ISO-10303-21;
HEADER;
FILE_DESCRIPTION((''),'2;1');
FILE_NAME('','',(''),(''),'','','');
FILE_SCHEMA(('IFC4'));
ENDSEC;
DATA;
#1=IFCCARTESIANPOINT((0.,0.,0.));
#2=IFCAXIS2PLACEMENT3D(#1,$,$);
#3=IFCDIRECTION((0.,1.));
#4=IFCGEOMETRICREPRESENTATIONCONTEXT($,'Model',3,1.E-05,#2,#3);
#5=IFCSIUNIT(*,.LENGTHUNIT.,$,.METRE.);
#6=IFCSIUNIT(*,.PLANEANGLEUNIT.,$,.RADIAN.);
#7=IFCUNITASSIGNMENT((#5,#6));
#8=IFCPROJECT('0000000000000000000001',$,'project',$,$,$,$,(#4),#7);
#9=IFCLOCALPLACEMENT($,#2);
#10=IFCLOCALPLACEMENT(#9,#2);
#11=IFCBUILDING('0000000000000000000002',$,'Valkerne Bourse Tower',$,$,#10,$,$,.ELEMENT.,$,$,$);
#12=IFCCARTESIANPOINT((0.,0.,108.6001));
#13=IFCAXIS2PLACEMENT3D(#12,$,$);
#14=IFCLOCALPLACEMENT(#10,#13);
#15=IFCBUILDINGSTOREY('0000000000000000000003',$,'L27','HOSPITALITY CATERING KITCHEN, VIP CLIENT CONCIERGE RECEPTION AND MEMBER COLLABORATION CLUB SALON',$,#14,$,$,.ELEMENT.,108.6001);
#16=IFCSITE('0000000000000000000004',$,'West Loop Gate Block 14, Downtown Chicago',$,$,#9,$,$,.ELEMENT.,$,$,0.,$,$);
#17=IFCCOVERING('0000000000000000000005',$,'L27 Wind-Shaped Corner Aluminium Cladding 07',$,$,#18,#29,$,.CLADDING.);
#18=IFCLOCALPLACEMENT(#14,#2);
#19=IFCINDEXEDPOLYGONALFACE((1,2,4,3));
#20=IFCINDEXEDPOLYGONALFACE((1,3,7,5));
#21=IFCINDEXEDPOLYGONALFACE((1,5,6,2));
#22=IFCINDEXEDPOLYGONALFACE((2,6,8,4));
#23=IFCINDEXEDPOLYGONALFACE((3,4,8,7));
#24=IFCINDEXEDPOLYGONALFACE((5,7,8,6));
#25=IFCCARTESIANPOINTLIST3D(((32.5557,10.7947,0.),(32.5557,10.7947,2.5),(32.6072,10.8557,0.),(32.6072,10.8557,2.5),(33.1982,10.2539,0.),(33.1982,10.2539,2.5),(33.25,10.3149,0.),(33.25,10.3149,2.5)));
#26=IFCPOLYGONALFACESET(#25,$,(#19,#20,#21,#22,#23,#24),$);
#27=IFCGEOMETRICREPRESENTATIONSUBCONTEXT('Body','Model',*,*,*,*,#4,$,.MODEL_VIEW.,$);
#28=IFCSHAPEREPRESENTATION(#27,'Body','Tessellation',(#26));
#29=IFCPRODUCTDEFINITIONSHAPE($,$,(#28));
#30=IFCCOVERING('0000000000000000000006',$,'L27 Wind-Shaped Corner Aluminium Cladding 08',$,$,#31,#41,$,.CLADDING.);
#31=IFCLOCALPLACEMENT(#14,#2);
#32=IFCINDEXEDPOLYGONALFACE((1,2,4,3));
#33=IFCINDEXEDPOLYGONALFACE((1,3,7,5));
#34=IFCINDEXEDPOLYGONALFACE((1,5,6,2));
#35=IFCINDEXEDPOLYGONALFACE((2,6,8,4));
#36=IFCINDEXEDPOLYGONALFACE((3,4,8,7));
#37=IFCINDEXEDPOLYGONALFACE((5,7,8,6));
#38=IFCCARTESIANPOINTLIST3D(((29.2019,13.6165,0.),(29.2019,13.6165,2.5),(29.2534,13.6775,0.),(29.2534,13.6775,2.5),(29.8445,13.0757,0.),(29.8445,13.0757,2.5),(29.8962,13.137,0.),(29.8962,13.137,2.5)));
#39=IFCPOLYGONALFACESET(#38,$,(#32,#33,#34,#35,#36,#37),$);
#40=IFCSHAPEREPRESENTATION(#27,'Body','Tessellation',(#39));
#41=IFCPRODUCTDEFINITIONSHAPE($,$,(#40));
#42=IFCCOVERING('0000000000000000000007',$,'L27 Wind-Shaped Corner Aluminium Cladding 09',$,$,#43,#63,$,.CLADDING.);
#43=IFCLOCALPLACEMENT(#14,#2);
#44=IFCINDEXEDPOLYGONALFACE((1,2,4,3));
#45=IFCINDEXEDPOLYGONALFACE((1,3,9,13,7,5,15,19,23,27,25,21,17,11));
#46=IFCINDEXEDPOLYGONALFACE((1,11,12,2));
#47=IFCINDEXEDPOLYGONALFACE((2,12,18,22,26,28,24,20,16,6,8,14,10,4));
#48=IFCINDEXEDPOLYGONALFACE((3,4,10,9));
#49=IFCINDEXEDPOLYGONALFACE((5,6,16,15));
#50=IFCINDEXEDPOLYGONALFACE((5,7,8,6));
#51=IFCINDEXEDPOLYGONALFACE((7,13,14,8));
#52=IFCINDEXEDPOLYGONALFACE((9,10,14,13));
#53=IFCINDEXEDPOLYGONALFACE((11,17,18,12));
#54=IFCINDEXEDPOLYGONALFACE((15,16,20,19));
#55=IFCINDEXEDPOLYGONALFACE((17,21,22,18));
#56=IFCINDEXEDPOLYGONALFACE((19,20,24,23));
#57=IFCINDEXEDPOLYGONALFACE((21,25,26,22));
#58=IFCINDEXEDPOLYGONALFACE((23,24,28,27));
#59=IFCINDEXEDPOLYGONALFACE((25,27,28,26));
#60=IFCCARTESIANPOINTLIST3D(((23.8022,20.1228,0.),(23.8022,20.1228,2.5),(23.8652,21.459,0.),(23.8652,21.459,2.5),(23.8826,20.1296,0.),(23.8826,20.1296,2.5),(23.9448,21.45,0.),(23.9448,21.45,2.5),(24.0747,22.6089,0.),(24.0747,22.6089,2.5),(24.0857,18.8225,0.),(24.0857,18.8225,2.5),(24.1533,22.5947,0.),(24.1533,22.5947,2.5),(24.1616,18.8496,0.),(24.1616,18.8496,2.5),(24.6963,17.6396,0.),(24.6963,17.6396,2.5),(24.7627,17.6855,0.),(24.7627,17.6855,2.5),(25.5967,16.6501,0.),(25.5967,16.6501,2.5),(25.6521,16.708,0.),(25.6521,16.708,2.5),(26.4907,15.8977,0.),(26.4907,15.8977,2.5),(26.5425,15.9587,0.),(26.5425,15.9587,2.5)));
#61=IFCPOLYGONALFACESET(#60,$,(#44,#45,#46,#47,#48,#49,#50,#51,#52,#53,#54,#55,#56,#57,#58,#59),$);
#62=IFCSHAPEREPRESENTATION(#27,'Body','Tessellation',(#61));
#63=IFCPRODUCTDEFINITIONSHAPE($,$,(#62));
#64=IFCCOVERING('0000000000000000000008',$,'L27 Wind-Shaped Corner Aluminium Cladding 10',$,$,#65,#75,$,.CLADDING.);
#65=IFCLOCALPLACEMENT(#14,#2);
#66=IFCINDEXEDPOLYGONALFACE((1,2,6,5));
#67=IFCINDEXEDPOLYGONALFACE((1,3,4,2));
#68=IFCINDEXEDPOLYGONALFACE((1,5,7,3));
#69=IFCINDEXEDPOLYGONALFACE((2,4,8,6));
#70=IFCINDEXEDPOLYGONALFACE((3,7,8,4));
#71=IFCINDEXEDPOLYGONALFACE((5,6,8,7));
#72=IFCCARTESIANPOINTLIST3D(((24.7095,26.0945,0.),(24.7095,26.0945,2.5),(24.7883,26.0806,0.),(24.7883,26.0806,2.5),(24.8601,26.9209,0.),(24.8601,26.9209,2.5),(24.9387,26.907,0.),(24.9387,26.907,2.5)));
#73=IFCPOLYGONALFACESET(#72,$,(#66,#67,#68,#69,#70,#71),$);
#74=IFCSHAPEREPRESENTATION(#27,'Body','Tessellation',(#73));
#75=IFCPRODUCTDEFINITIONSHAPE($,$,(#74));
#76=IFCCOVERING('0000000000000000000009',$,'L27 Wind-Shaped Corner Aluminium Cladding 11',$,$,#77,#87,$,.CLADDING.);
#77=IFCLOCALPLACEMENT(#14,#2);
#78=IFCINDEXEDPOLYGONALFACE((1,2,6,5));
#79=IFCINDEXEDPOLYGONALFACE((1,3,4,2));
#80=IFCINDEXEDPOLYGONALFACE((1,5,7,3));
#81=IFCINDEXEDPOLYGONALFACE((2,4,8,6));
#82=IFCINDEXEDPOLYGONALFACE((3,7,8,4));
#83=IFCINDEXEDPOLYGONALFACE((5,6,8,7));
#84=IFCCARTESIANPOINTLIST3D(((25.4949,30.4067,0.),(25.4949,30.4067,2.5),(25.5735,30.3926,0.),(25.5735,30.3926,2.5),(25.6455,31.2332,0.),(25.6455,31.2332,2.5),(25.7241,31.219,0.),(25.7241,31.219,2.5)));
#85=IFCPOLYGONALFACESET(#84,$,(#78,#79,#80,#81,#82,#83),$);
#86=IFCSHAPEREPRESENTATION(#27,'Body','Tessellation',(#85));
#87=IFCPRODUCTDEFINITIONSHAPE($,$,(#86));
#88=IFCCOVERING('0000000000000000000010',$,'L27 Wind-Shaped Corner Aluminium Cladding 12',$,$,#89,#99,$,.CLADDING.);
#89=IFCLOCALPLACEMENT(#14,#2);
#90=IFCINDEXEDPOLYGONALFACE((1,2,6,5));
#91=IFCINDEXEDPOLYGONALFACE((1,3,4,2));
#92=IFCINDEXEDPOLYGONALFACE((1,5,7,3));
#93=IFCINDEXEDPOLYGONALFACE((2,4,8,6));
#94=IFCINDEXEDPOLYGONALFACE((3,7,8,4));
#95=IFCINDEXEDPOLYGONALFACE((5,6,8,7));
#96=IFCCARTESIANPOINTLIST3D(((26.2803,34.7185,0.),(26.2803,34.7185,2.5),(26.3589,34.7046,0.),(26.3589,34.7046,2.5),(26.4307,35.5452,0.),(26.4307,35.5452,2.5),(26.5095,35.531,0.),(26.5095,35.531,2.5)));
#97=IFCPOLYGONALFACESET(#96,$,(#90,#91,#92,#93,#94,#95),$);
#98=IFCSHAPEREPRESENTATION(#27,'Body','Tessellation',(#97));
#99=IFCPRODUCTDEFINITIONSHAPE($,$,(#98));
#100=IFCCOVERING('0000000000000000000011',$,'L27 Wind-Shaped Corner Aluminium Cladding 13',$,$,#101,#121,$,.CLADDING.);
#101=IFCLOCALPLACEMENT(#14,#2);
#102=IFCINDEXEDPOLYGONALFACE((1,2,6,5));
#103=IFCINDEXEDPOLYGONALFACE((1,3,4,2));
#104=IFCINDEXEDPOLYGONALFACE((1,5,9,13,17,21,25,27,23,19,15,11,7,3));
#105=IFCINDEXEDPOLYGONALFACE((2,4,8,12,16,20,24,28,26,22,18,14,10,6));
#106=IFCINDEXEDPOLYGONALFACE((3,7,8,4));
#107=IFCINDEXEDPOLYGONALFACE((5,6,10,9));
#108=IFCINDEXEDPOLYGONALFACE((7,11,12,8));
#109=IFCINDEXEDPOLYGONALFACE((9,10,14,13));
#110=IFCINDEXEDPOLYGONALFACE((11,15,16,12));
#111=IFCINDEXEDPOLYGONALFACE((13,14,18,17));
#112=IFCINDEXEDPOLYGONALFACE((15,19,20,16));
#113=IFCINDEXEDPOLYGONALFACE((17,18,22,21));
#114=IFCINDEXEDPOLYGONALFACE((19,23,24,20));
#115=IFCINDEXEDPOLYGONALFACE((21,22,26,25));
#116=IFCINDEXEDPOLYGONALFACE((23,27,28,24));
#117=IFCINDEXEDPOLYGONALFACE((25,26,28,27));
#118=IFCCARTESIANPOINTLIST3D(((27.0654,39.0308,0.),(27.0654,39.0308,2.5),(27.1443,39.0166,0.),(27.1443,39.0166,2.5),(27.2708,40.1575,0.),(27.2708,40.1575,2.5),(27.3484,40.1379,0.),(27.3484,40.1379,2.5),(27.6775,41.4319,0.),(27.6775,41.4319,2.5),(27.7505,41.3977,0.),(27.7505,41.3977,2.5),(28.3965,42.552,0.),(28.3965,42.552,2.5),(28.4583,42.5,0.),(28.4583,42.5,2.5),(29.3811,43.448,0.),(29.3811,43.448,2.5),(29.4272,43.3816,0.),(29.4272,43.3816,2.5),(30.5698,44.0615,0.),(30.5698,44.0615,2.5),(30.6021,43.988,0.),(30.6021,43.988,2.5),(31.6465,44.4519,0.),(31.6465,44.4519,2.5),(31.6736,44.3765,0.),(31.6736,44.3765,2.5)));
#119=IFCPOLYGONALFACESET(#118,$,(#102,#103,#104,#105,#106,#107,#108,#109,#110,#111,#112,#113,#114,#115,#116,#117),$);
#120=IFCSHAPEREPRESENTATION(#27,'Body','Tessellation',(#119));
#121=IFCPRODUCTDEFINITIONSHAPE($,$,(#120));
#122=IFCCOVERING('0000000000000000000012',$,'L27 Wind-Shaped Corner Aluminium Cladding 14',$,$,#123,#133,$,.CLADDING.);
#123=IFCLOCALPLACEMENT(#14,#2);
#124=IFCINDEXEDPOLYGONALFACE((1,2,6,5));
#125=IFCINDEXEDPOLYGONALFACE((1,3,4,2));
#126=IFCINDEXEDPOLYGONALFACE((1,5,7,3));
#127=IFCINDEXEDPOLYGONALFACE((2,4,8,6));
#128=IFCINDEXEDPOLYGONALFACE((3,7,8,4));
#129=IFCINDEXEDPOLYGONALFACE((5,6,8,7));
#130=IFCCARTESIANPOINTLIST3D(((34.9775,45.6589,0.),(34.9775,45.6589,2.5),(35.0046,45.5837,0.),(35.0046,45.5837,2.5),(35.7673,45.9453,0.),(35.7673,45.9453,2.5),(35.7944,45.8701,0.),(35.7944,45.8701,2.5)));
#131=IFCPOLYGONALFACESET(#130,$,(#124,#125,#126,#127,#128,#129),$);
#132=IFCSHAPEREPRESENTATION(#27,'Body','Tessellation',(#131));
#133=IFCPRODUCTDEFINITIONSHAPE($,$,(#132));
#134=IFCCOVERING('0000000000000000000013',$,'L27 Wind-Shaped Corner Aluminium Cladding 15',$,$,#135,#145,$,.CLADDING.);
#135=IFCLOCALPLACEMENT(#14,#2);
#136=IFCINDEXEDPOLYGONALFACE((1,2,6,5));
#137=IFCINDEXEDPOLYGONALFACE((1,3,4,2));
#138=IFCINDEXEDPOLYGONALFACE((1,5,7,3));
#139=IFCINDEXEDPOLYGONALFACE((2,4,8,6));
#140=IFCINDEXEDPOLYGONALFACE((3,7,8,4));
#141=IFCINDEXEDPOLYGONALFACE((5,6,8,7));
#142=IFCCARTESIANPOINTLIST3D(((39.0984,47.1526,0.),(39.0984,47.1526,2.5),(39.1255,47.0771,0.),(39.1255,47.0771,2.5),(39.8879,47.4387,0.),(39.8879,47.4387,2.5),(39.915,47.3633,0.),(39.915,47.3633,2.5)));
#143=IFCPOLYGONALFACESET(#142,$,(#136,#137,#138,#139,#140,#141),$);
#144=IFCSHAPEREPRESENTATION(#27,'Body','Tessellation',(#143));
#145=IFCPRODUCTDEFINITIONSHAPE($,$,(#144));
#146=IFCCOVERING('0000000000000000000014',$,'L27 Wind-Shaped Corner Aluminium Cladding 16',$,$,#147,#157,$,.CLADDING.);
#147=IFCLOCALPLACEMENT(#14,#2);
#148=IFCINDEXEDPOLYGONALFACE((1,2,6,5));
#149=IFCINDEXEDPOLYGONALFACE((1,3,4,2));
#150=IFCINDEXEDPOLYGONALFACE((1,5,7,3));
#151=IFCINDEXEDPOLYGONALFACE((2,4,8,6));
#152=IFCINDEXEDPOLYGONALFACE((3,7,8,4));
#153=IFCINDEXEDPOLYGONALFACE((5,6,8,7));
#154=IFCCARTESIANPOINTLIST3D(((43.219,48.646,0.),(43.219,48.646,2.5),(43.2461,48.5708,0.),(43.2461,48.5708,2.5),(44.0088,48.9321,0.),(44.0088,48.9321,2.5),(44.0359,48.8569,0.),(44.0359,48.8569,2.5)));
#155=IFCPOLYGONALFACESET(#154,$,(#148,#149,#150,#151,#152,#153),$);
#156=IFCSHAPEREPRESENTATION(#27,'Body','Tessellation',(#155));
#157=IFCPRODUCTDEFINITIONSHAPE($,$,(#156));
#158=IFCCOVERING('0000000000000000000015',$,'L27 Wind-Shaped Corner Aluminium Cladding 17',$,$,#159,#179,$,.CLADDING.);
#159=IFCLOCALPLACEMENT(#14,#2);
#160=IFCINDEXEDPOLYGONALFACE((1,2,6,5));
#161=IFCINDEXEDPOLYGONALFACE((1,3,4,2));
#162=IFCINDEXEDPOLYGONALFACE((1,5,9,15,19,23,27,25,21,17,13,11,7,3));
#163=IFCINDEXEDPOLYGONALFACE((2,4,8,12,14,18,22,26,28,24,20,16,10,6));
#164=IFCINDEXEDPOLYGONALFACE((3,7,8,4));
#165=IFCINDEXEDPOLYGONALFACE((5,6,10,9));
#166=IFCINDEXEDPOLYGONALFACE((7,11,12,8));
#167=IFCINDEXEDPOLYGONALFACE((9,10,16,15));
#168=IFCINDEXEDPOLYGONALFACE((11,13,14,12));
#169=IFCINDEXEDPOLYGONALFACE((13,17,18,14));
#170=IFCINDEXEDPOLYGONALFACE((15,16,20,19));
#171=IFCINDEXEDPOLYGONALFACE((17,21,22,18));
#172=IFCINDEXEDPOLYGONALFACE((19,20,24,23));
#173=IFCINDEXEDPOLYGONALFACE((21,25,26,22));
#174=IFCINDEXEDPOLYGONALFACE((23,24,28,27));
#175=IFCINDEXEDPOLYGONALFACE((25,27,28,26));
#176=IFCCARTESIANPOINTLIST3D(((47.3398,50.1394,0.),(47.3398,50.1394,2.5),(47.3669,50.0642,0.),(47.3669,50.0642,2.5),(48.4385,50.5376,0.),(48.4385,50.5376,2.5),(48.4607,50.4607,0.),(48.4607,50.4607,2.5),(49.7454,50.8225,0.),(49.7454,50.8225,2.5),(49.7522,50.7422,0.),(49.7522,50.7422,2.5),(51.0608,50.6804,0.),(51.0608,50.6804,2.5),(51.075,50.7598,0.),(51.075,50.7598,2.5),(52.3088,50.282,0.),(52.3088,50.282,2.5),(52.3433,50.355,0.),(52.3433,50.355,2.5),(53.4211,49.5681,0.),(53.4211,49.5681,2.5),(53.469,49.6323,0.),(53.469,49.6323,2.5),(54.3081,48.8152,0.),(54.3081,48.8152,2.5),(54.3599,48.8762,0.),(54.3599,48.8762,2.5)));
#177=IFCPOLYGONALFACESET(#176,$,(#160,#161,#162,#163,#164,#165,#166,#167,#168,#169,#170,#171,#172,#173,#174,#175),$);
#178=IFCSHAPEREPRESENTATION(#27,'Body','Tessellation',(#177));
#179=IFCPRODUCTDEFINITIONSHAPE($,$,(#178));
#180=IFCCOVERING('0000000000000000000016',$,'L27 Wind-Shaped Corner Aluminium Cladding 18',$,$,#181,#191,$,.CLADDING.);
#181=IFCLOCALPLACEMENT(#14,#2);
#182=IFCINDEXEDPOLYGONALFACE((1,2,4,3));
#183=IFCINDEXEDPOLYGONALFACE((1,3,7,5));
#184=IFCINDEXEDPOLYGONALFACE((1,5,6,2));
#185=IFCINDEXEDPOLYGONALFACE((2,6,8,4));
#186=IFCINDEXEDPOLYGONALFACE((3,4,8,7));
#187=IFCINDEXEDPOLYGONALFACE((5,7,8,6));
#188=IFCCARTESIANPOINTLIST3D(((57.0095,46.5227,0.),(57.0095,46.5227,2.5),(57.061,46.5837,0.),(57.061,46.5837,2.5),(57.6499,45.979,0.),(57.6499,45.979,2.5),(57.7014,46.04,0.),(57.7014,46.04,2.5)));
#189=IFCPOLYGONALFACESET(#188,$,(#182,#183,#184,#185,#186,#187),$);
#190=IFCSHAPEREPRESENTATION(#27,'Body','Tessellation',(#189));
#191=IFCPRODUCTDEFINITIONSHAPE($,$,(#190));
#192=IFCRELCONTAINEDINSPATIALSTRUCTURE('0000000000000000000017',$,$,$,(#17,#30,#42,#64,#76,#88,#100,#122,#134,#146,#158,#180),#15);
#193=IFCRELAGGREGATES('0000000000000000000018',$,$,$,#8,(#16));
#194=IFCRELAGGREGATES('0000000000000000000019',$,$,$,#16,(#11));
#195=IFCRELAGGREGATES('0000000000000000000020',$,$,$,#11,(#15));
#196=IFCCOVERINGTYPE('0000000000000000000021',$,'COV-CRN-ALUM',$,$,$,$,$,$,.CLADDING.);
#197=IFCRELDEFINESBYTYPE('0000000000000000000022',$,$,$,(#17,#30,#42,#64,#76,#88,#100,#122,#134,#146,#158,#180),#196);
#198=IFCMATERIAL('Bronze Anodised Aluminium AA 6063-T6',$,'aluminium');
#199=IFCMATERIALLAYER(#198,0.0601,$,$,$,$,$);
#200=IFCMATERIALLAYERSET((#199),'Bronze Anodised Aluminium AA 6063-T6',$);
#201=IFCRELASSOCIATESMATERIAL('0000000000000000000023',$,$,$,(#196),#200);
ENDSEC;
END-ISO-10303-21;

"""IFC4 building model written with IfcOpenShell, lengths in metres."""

from ifc_helpers import new_model, si_unit, direction, frame, origin, place, context, subcontext, project, spatial, polyline, outline, extrude, material, layer, layer_set, type_object, element, save


model = new_model("IFC4")

# Units and contexts
model_context = context("Model", 3, precision=1e-05, world=origin(), true_north=direction((0.0, 1.0)))
body_context = subcontext(model_context, "Body", "Model", "MODEL_VIEW")
ifc_project = project(units=[si_unit("LENGTHUNIT", "METRE"), si_unit("PLANEANGLEUNIT", "RADIAN")], contexts=[model_context])

# Site, building, storey
site_placement = place(None, origin())
site = spatial("IfcSite", under=ifc_project, at=site_placement, Name="West Loop Gate Block 14, Downtown Chicago", CompositionType="ELEMENT", RefElevation=0.0)
building_placement = place(site_placement, origin())
building = spatial("IfcBuilding", under=site, at=building_placement, Name="Valkerne Bourse Tower", CompositionType="ELEMENT")
storey_placement = place(building_placement, frame((0.0, 0.0, 108.6001)))
storey = spatial("IfcBuildingStorey", under=building, at=storey_placement, Name="L27", Description="HOSPITALITY CATERING KITCHEN, VIP CLIENT CONCIERGE RECEPTION AND MEMBER COLLABORATION CLUB SALON", CompositionType="ELEMENT", Elevation=108.6001)

# Coverings
ifc_material_1 = material(Name="Bronze Anodised Aluminium AA 6063-T6", Category="aluminium")
ifc_layer_1 = layer(ifc_material_1, 0.0601)
ifc_layer_set_1 = layer_set([ifc_layer_1], Name="Bronze Anodised Aluminium AA 6063-T6")
covering_type = type_object("IfcCoveringType", Name="COV-CRN-ALUM", PredefinedType="CLADDING", material=ifc_layer_set_1)
covering_1_placement = place(storey_placement, origin())
element("IfcCovering", 1, at=covering_1_placement, inside=storey, type_object=covering_type, Name="L27 Wind-Shaped Corner Aluminium Cladding 07", PredefinedType="CLADDING", context=body_context, shape_type="SweptSolid", body=[
    extrude(outline(polyline([(32.5557, 10.7947), (32.6072, 10.8557), (33.25, 10.3149), (33.1982, 10.2539), (32.5557, 10.7947)])), origin(), (0.0, 0.0, 1.0), 2.5),
])
covering_2_placement = place(storey_placement, origin())
element("IfcCovering", 2, at=covering_2_placement, inside=storey, type_object=covering_type, Name="L27 Wind-Shaped Corner Aluminium Cladding 08", PredefinedType="CLADDING", context=body_context, shape_type="SweptSolid", body=[
    extrude(outline(polyline([(29.2019, 13.6165), (29.2534, 13.6775), (29.8962, 13.137), (29.8445, 13.0757), (29.2019, 13.6165)])), origin(), (0.0, 0.0, 1.0), 2.5),
])
covering_3_placement = place(storey_placement, origin())
element("IfcCovering", 3, at=covering_3_placement, inside=storey, type_object=covering_type, Name="L27 Wind-Shaped Corner Aluminium Cladding 09", PredefinedType="CLADDING", context=body_context, shape_type="SweptSolid", body=[
    extrude(outline(polyline([(25.5967, 16.6501), (24.6963, 17.6396), (24.0857, 18.8225), (23.8022, 20.1228), (23.8652, 21.459), (24.0747, 22.6089), (24.1533, 22.5947), (23.9448, 21.45), (23.8826, 20.1296), (24.1616, 18.8496), (24.7627, 17.6855), (25.6521, 16.708), (26.5425, 15.9587), (26.4907, 15.8977), (25.5967, 16.6501)])), origin(), (0.0, 0.0, 1.0), 2.5),
])
covering_4_placement = place(storey_placement, origin())
element("IfcCovering", 4, at=covering_4_placement, inside=storey, type_object=covering_type, Name="L27 Wind-Shaped Corner Aluminium Cladding 10", PredefinedType="CLADDING", context=body_context, shape_type="SweptSolid", body=[
    extrude(outline(polyline([(24.8601, 26.9209), (24.9387, 26.907), (24.7883, 26.0806), (24.7095, 26.0945), (24.8601, 26.9209)])), origin(), (0.0, 0.0, 1.0), 2.5),
])
covering_5_placement = place(storey_placement, origin())
element("IfcCovering", 5, at=covering_5_placement, inside=storey, type_object=covering_type, Name="L27 Wind-Shaped Corner Aluminium Cladding 11", PredefinedType="CLADDING", context=body_context, shape_type="SweptSolid", body=[
    extrude(outline(polyline([(25.6455, 31.2332), (25.7241, 31.219), (25.5735, 30.3926), (25.4949, 30.4067), (25.6455, 31.2332)])), origin(), (0.0, 0.0, 1.0), 2.5),
])
covering_6_placement = place(storey_placement, origin())
element("IfcCovering", 6, at=covering_6_placement, inside=storey, type_object=covering_type, Name="L27 Wind-Shaped Corner Aluminium Cladding 12", PredefinedType="CLADDING", context=body_context, shape_type="SweptSolid", body=[
    extrude(outline(polyline([(26.4307, 35.5452), (26.5095, 35.531), (26.3589, 34.7046), (26.2803, 34.7185), (26.4307, 35.5452)])), origin(), (0.0, 0.0, 1.0), 2.5),
])
covering_7_placement = place(storey_placement, origin())
element("IfcCovering", 7, at=covering_7_placement, inside=storey, type_object=covering_type, Name="L27 Wind-Shaped Corner Aluminium Cladding 13", PredefinedType="CLADDING", context=body_context, shape_type="SweptSolid", body=[
    extrude(outline(polyline([(27.2708, 40.1575), (27.6775, 41.4319), (28.3965, 42.552), (29.3811, 43.448), (30.5698, 44.0615), (31.6465, 44.4519), (31.6736, 44.3765), (30.6021, 43.988), (29.4272, 43.3816), (28.4583, 42.5), (27.7505, 41.3977), (27.3484, 40.1379), (27.1443, 39.0166), (27.0654, 39.0308), (27.2708, 40.1575)])), origin(), (0.0, 0.0, 1.0), 2.5),
])
covering_8_placement = place(storey_placement, origin())
element("IfcCovering", 8, at=covering_8_placement, inside=storey, type_object=covering_type, Name="L27 Wind-Shaped Corner Aluminium Cladding 14", PredefinedType="CLADDING", context=body_context, shape_type="SweptSolid", body=[
    extrude(outline(polyline([(35.7673, 45.9453), (35.7944, 45.8701), (35.0046, 45.5837), (34.9775, 45.6589), (35.7673, 45.9453)])), origin(), (0.0, 0.0, 1.0), 2.5),
])
covering_9_placement = place(storey_placement, origin())
element("IfcCovering", 9, at=covering_9_placement, inside=storey, type_object=covering_type, Name="L27 Wind-Shaped Corner Aluminium Cladding 15", PredefinedType="CLADDING", context=body_context, shape_type="SweptSolid", body=[
    extrude(outline(polyline([(39.8879, 47.4387), (39.915, 47.3633), (39.1255, 47.0771), (39.0984, 47.1526), (39.8879, 47.4387)])), origin(), (0.0, 0.0, 1.0), 2.5),
])
covering_10_placement = place(storey_placement, origin())
element("IfcCovering", 10, at=covering_10_placement, inside=storey, type_object=covering_type, Name="L27 Wind-Shaped Corner Aluminium Cladding 16", PredefinedType="CLADDING", context=body_context, shape_type="SweptSolid", body=[
    extrude(outline(polyline([(44.0088, 48.9321), (44.0359, 48.8569), (43.2461, 48.5708), (43.219, 48.646), (44.0088, 48.9321)])), origin(), (0.0, 0.0, 1.0), 2.5),
])
covering_11_placement = place(storey_placement, origin())
element("IfcCovering", 11, at=covering_11_placement, inside=storey, type_object=covering_type, Name="L27 Wind-Shaped Corner Aluminium Cladding 17", PredefinedType="CLADDING", context=body_context, shape_type="SweptSolid", body=[
    extrude(outline(polyline([(48.4385, 50.5376), (49.7454, 50.8225), (51.075, 50.7598), (52.3433, 50.355), (53.469, 49.6323), (54.3599, 48.8762), (54.3081, 48.8152), (53.4211, 49.5681), (52.3088, 50.282), (51.0608, 50.6804), (49.7522, 50.7422), (48.4607, 50.4607), (47.3669, 50.0642), (47.3398, 50.1394), (48.4385, 50.5376)])), origin(), (0.0, 0.0, 1.0), 2.5),
])
covering_12_placement = place(storey_placement, origin())
element("IfcCovering", 12, at=covering_12_placement, inside=storey, type_object=covering_type, Name="L27 Wind-Shaped Corner Aluminium Cladding 18", PredefinedType="CLADDING", context=body_context, shape_type="SweptSolid", body=[
    extrude(outline(polyline([(57.7014, 46.04), (57.6499, 45.979), (57.0095, 46.5227), (57.061, 46.5837), (57.7014, 46.04)])), origin(), (0.0, 0.0, 1.0), 2.5),
])

save(model, "model.ifc")
